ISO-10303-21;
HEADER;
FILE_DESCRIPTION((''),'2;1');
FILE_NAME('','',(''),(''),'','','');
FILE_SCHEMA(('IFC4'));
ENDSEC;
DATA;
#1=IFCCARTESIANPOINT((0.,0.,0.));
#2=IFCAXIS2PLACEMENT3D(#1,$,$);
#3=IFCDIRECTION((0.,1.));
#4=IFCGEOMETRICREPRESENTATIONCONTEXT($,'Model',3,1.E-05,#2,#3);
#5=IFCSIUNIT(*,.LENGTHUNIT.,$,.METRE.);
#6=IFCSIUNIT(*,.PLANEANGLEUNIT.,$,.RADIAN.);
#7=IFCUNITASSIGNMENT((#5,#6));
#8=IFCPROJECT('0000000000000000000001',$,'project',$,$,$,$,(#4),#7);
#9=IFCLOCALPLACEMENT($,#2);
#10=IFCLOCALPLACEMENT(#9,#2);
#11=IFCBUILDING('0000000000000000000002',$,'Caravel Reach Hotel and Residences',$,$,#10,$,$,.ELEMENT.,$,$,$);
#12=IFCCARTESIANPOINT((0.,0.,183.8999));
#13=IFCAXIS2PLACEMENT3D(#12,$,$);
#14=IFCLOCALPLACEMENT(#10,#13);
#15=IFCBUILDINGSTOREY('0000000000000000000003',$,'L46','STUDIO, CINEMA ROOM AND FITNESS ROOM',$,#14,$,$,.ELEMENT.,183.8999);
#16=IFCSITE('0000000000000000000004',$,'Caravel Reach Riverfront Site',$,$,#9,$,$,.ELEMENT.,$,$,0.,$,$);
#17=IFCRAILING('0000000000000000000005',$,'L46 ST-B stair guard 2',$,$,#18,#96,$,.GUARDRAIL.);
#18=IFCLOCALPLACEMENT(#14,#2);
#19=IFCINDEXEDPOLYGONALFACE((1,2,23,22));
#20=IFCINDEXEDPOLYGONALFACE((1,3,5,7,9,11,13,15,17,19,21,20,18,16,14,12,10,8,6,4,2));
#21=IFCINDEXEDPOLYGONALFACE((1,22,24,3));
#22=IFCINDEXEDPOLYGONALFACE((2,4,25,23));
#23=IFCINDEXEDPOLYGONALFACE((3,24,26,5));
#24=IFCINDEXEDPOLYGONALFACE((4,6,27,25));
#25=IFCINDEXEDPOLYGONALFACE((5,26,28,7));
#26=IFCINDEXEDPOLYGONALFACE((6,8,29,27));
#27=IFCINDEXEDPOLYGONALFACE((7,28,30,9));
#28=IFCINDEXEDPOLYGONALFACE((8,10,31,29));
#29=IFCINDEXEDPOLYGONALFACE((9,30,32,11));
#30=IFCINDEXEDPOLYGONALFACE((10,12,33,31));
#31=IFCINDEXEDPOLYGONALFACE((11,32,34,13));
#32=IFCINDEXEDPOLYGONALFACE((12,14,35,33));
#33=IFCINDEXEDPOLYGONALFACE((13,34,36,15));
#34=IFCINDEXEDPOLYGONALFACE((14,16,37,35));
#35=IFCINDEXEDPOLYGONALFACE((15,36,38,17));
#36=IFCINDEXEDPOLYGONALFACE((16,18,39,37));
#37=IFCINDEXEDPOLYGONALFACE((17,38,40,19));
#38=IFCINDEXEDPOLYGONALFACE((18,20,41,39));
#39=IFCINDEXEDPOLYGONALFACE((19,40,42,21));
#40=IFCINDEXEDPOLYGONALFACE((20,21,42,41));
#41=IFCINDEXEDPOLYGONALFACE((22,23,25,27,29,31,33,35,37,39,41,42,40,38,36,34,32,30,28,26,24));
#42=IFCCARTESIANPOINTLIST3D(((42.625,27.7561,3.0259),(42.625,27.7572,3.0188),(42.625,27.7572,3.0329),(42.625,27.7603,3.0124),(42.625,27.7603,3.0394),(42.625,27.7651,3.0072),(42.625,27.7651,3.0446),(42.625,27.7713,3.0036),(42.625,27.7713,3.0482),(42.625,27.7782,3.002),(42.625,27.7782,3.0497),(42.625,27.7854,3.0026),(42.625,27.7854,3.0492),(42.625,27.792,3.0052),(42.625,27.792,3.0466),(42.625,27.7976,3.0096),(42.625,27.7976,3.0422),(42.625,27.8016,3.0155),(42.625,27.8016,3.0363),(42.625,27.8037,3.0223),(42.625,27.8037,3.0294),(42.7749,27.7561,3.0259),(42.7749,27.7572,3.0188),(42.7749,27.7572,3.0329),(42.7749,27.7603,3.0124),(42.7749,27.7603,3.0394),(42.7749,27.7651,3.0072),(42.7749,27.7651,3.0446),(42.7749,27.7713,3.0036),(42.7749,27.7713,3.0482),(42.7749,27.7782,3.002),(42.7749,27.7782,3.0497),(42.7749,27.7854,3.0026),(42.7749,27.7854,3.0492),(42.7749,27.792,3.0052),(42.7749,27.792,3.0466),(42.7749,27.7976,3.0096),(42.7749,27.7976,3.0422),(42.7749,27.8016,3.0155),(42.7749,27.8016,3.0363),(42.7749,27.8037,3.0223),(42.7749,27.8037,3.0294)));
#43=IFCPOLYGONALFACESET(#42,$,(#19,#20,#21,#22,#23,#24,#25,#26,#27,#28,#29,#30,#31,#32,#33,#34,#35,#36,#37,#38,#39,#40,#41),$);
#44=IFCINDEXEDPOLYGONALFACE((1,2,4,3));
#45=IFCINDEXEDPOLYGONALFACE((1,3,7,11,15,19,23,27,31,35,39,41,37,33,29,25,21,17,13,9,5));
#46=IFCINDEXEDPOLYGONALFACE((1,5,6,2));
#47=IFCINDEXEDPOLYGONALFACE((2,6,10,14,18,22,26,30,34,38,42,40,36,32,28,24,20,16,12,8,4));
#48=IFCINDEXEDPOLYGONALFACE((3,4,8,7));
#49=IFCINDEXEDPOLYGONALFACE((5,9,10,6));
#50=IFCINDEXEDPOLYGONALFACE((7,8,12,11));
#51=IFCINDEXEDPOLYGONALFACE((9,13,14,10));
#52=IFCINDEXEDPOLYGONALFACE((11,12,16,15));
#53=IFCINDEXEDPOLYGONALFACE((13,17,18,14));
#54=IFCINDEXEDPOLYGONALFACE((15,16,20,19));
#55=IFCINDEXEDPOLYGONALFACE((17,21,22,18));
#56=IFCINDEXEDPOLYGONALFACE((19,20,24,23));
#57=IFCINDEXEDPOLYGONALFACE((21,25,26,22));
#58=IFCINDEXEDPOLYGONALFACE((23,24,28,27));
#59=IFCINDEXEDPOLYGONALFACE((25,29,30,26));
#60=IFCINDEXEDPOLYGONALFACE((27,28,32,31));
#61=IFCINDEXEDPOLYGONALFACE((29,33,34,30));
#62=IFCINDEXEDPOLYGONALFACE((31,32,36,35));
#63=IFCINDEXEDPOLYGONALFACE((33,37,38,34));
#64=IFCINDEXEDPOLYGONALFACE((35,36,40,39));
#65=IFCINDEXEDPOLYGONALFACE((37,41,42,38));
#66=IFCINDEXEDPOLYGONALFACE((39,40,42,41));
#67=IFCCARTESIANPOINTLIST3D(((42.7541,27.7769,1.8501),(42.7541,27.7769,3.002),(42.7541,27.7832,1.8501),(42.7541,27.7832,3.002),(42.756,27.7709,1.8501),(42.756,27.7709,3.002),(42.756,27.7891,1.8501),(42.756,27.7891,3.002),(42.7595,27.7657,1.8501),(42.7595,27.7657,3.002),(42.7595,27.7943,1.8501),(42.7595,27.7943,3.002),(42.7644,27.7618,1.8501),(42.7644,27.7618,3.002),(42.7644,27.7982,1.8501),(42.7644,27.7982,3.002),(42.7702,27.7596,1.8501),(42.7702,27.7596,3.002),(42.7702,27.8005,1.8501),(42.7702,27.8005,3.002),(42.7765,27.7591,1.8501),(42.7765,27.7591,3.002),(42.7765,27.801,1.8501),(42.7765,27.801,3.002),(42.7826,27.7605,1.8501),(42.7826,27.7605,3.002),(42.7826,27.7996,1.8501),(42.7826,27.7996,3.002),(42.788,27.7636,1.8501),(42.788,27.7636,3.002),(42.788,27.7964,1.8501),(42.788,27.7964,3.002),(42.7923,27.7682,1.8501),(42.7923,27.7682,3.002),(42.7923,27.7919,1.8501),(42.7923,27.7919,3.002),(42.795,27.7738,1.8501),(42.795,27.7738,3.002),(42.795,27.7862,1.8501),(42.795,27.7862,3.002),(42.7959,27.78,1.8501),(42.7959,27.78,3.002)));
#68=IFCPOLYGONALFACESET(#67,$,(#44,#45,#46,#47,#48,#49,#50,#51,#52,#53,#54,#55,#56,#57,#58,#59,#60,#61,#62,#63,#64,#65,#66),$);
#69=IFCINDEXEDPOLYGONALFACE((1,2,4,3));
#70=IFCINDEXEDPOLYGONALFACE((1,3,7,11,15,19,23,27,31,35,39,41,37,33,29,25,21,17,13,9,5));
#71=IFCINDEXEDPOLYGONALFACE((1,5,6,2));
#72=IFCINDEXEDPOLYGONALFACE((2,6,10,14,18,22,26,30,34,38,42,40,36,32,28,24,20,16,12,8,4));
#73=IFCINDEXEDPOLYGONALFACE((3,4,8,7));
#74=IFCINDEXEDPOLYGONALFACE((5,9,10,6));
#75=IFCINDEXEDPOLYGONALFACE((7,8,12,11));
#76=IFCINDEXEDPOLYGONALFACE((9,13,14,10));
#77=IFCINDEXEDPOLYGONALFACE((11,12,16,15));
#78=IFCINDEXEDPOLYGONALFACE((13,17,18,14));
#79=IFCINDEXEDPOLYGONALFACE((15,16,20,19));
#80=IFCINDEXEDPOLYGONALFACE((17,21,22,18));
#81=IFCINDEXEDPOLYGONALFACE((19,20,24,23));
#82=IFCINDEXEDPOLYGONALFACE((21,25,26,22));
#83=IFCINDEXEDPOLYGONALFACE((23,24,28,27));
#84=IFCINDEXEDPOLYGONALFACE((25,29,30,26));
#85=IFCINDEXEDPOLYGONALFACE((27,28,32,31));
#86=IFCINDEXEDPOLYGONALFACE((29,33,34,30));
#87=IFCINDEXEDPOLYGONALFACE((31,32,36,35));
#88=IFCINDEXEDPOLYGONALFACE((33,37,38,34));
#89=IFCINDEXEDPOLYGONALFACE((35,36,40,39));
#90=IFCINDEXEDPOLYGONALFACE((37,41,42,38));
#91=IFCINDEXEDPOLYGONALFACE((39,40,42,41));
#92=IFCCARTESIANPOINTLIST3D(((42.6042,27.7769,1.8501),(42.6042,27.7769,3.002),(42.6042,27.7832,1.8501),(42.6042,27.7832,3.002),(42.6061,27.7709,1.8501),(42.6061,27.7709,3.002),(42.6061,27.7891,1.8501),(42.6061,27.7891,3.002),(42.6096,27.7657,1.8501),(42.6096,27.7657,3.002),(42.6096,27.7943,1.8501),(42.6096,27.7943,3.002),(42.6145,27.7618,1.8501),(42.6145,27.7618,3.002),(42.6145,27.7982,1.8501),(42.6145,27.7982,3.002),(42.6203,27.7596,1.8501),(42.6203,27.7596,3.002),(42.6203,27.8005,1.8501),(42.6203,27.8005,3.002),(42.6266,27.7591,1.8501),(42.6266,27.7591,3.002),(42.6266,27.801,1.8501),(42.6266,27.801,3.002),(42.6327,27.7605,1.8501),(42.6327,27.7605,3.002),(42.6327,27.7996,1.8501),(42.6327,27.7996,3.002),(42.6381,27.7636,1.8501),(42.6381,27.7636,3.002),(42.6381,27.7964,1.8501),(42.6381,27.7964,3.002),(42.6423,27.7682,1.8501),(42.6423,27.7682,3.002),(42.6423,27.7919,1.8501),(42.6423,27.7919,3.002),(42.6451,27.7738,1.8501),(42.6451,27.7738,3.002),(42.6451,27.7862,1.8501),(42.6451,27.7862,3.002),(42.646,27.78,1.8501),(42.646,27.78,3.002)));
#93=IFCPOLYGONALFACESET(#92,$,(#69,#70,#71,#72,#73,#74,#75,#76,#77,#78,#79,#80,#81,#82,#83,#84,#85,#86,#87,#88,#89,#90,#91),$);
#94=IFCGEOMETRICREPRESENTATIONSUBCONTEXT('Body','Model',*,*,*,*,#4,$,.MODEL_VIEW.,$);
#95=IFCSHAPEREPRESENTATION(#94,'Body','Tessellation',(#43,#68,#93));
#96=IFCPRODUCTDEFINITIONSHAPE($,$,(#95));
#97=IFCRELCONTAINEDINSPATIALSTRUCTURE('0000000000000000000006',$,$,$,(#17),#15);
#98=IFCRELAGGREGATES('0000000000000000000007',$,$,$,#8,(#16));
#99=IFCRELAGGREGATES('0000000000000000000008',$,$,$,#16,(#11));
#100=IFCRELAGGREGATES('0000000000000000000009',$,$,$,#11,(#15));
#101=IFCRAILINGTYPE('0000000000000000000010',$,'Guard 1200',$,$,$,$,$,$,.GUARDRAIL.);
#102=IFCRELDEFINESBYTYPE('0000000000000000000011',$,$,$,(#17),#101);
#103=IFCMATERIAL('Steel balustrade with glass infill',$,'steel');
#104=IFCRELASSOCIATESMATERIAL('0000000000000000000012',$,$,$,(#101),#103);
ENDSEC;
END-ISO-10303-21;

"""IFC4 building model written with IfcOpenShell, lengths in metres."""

from ifc_helpers import new_model, si_unit, direction, frame, origin, origin_2d, place, context, subcontext, project, spatial, circle, extrude, material, type_object, element, save


model = new_model("IFC4")

# Units and contexts
model_context = context("Model", 3, precision=1e-05, world=origin(), true_north=direction((0.0, 1.0)))
body_context = subcontext(model_context, "Body", "Model", "MODEL_VIEW")
ifc_project = project(units=[si_unit("LENGTHUNIT", "METRE"), si_unit("PLANEANGLEUNIT", "RADIAN")], contexts=[model_context])

# Site, building, storey
site_placement = place(None, origin())
site = spatial("IfcSite", under=ifc_project, at=site_placement, Name="Caravel Reach Riverfront Site", CompositionType="ELEMENT", RefElevation=0.0)
building_placement = place(site_placement, origin())
building = spatial("IfcBuilding", under=site, at=building_placement, Name="Caravel Reach Hotel and Residences", CompositionType="ELEMENT")
storey_placement = place(building_placement, frame((0.0, 0.0, 183.8999)))
storey = spatial("IfcBuildingStorey", under=building, at=storey_placement, Name="L46", Description="STUDIO, CINEMA ROOM AND FITNESS ROOM", CompositionType="ELEMENT", Elevation=183.8999)

# Railing
ifc_material_1 = material(Name="Steel balustrade with glass infill", Category="steel")
railing_type_1 = type_object("IfcRailingType", Name="Guard 1200", PredefinedType="GUARDRAIL", material=ifc_material_1)
railing_1_placement = place(storey_placement, frame((42.7749, 27.78, 1.8501)))
element("IfcRailing", 1, at=railing_1_placement, inside=storey, type_object=railing_type_1, Name="L46 ST-B stair guard 2", PredefinedType="GUARDRAIL", context=body_context, shape_type="SweptSolid", body=[
    extrude(circle(Radius=0.0239, at=origin_2d()), frame((0.0, 0.0, 1.1758), z_axis=(-1.0, 0.0, 0.0), x_axis=(0.0, -1.0, 0.0)), (0.0, 0.0, 1.0), 0.1499),
    extrude(circle(Radius=0.021, at=origin_2d()), origin(), (0.0, 0.0, 1.0), 1.1519),
    extrude(circle(Radius=0.021, at=origin_2d()), frame((-0.1499, 0.0, 0.0)), (0.0, 0.0, 1.0), 1.1519),
])

save(model, "model.ifc")
